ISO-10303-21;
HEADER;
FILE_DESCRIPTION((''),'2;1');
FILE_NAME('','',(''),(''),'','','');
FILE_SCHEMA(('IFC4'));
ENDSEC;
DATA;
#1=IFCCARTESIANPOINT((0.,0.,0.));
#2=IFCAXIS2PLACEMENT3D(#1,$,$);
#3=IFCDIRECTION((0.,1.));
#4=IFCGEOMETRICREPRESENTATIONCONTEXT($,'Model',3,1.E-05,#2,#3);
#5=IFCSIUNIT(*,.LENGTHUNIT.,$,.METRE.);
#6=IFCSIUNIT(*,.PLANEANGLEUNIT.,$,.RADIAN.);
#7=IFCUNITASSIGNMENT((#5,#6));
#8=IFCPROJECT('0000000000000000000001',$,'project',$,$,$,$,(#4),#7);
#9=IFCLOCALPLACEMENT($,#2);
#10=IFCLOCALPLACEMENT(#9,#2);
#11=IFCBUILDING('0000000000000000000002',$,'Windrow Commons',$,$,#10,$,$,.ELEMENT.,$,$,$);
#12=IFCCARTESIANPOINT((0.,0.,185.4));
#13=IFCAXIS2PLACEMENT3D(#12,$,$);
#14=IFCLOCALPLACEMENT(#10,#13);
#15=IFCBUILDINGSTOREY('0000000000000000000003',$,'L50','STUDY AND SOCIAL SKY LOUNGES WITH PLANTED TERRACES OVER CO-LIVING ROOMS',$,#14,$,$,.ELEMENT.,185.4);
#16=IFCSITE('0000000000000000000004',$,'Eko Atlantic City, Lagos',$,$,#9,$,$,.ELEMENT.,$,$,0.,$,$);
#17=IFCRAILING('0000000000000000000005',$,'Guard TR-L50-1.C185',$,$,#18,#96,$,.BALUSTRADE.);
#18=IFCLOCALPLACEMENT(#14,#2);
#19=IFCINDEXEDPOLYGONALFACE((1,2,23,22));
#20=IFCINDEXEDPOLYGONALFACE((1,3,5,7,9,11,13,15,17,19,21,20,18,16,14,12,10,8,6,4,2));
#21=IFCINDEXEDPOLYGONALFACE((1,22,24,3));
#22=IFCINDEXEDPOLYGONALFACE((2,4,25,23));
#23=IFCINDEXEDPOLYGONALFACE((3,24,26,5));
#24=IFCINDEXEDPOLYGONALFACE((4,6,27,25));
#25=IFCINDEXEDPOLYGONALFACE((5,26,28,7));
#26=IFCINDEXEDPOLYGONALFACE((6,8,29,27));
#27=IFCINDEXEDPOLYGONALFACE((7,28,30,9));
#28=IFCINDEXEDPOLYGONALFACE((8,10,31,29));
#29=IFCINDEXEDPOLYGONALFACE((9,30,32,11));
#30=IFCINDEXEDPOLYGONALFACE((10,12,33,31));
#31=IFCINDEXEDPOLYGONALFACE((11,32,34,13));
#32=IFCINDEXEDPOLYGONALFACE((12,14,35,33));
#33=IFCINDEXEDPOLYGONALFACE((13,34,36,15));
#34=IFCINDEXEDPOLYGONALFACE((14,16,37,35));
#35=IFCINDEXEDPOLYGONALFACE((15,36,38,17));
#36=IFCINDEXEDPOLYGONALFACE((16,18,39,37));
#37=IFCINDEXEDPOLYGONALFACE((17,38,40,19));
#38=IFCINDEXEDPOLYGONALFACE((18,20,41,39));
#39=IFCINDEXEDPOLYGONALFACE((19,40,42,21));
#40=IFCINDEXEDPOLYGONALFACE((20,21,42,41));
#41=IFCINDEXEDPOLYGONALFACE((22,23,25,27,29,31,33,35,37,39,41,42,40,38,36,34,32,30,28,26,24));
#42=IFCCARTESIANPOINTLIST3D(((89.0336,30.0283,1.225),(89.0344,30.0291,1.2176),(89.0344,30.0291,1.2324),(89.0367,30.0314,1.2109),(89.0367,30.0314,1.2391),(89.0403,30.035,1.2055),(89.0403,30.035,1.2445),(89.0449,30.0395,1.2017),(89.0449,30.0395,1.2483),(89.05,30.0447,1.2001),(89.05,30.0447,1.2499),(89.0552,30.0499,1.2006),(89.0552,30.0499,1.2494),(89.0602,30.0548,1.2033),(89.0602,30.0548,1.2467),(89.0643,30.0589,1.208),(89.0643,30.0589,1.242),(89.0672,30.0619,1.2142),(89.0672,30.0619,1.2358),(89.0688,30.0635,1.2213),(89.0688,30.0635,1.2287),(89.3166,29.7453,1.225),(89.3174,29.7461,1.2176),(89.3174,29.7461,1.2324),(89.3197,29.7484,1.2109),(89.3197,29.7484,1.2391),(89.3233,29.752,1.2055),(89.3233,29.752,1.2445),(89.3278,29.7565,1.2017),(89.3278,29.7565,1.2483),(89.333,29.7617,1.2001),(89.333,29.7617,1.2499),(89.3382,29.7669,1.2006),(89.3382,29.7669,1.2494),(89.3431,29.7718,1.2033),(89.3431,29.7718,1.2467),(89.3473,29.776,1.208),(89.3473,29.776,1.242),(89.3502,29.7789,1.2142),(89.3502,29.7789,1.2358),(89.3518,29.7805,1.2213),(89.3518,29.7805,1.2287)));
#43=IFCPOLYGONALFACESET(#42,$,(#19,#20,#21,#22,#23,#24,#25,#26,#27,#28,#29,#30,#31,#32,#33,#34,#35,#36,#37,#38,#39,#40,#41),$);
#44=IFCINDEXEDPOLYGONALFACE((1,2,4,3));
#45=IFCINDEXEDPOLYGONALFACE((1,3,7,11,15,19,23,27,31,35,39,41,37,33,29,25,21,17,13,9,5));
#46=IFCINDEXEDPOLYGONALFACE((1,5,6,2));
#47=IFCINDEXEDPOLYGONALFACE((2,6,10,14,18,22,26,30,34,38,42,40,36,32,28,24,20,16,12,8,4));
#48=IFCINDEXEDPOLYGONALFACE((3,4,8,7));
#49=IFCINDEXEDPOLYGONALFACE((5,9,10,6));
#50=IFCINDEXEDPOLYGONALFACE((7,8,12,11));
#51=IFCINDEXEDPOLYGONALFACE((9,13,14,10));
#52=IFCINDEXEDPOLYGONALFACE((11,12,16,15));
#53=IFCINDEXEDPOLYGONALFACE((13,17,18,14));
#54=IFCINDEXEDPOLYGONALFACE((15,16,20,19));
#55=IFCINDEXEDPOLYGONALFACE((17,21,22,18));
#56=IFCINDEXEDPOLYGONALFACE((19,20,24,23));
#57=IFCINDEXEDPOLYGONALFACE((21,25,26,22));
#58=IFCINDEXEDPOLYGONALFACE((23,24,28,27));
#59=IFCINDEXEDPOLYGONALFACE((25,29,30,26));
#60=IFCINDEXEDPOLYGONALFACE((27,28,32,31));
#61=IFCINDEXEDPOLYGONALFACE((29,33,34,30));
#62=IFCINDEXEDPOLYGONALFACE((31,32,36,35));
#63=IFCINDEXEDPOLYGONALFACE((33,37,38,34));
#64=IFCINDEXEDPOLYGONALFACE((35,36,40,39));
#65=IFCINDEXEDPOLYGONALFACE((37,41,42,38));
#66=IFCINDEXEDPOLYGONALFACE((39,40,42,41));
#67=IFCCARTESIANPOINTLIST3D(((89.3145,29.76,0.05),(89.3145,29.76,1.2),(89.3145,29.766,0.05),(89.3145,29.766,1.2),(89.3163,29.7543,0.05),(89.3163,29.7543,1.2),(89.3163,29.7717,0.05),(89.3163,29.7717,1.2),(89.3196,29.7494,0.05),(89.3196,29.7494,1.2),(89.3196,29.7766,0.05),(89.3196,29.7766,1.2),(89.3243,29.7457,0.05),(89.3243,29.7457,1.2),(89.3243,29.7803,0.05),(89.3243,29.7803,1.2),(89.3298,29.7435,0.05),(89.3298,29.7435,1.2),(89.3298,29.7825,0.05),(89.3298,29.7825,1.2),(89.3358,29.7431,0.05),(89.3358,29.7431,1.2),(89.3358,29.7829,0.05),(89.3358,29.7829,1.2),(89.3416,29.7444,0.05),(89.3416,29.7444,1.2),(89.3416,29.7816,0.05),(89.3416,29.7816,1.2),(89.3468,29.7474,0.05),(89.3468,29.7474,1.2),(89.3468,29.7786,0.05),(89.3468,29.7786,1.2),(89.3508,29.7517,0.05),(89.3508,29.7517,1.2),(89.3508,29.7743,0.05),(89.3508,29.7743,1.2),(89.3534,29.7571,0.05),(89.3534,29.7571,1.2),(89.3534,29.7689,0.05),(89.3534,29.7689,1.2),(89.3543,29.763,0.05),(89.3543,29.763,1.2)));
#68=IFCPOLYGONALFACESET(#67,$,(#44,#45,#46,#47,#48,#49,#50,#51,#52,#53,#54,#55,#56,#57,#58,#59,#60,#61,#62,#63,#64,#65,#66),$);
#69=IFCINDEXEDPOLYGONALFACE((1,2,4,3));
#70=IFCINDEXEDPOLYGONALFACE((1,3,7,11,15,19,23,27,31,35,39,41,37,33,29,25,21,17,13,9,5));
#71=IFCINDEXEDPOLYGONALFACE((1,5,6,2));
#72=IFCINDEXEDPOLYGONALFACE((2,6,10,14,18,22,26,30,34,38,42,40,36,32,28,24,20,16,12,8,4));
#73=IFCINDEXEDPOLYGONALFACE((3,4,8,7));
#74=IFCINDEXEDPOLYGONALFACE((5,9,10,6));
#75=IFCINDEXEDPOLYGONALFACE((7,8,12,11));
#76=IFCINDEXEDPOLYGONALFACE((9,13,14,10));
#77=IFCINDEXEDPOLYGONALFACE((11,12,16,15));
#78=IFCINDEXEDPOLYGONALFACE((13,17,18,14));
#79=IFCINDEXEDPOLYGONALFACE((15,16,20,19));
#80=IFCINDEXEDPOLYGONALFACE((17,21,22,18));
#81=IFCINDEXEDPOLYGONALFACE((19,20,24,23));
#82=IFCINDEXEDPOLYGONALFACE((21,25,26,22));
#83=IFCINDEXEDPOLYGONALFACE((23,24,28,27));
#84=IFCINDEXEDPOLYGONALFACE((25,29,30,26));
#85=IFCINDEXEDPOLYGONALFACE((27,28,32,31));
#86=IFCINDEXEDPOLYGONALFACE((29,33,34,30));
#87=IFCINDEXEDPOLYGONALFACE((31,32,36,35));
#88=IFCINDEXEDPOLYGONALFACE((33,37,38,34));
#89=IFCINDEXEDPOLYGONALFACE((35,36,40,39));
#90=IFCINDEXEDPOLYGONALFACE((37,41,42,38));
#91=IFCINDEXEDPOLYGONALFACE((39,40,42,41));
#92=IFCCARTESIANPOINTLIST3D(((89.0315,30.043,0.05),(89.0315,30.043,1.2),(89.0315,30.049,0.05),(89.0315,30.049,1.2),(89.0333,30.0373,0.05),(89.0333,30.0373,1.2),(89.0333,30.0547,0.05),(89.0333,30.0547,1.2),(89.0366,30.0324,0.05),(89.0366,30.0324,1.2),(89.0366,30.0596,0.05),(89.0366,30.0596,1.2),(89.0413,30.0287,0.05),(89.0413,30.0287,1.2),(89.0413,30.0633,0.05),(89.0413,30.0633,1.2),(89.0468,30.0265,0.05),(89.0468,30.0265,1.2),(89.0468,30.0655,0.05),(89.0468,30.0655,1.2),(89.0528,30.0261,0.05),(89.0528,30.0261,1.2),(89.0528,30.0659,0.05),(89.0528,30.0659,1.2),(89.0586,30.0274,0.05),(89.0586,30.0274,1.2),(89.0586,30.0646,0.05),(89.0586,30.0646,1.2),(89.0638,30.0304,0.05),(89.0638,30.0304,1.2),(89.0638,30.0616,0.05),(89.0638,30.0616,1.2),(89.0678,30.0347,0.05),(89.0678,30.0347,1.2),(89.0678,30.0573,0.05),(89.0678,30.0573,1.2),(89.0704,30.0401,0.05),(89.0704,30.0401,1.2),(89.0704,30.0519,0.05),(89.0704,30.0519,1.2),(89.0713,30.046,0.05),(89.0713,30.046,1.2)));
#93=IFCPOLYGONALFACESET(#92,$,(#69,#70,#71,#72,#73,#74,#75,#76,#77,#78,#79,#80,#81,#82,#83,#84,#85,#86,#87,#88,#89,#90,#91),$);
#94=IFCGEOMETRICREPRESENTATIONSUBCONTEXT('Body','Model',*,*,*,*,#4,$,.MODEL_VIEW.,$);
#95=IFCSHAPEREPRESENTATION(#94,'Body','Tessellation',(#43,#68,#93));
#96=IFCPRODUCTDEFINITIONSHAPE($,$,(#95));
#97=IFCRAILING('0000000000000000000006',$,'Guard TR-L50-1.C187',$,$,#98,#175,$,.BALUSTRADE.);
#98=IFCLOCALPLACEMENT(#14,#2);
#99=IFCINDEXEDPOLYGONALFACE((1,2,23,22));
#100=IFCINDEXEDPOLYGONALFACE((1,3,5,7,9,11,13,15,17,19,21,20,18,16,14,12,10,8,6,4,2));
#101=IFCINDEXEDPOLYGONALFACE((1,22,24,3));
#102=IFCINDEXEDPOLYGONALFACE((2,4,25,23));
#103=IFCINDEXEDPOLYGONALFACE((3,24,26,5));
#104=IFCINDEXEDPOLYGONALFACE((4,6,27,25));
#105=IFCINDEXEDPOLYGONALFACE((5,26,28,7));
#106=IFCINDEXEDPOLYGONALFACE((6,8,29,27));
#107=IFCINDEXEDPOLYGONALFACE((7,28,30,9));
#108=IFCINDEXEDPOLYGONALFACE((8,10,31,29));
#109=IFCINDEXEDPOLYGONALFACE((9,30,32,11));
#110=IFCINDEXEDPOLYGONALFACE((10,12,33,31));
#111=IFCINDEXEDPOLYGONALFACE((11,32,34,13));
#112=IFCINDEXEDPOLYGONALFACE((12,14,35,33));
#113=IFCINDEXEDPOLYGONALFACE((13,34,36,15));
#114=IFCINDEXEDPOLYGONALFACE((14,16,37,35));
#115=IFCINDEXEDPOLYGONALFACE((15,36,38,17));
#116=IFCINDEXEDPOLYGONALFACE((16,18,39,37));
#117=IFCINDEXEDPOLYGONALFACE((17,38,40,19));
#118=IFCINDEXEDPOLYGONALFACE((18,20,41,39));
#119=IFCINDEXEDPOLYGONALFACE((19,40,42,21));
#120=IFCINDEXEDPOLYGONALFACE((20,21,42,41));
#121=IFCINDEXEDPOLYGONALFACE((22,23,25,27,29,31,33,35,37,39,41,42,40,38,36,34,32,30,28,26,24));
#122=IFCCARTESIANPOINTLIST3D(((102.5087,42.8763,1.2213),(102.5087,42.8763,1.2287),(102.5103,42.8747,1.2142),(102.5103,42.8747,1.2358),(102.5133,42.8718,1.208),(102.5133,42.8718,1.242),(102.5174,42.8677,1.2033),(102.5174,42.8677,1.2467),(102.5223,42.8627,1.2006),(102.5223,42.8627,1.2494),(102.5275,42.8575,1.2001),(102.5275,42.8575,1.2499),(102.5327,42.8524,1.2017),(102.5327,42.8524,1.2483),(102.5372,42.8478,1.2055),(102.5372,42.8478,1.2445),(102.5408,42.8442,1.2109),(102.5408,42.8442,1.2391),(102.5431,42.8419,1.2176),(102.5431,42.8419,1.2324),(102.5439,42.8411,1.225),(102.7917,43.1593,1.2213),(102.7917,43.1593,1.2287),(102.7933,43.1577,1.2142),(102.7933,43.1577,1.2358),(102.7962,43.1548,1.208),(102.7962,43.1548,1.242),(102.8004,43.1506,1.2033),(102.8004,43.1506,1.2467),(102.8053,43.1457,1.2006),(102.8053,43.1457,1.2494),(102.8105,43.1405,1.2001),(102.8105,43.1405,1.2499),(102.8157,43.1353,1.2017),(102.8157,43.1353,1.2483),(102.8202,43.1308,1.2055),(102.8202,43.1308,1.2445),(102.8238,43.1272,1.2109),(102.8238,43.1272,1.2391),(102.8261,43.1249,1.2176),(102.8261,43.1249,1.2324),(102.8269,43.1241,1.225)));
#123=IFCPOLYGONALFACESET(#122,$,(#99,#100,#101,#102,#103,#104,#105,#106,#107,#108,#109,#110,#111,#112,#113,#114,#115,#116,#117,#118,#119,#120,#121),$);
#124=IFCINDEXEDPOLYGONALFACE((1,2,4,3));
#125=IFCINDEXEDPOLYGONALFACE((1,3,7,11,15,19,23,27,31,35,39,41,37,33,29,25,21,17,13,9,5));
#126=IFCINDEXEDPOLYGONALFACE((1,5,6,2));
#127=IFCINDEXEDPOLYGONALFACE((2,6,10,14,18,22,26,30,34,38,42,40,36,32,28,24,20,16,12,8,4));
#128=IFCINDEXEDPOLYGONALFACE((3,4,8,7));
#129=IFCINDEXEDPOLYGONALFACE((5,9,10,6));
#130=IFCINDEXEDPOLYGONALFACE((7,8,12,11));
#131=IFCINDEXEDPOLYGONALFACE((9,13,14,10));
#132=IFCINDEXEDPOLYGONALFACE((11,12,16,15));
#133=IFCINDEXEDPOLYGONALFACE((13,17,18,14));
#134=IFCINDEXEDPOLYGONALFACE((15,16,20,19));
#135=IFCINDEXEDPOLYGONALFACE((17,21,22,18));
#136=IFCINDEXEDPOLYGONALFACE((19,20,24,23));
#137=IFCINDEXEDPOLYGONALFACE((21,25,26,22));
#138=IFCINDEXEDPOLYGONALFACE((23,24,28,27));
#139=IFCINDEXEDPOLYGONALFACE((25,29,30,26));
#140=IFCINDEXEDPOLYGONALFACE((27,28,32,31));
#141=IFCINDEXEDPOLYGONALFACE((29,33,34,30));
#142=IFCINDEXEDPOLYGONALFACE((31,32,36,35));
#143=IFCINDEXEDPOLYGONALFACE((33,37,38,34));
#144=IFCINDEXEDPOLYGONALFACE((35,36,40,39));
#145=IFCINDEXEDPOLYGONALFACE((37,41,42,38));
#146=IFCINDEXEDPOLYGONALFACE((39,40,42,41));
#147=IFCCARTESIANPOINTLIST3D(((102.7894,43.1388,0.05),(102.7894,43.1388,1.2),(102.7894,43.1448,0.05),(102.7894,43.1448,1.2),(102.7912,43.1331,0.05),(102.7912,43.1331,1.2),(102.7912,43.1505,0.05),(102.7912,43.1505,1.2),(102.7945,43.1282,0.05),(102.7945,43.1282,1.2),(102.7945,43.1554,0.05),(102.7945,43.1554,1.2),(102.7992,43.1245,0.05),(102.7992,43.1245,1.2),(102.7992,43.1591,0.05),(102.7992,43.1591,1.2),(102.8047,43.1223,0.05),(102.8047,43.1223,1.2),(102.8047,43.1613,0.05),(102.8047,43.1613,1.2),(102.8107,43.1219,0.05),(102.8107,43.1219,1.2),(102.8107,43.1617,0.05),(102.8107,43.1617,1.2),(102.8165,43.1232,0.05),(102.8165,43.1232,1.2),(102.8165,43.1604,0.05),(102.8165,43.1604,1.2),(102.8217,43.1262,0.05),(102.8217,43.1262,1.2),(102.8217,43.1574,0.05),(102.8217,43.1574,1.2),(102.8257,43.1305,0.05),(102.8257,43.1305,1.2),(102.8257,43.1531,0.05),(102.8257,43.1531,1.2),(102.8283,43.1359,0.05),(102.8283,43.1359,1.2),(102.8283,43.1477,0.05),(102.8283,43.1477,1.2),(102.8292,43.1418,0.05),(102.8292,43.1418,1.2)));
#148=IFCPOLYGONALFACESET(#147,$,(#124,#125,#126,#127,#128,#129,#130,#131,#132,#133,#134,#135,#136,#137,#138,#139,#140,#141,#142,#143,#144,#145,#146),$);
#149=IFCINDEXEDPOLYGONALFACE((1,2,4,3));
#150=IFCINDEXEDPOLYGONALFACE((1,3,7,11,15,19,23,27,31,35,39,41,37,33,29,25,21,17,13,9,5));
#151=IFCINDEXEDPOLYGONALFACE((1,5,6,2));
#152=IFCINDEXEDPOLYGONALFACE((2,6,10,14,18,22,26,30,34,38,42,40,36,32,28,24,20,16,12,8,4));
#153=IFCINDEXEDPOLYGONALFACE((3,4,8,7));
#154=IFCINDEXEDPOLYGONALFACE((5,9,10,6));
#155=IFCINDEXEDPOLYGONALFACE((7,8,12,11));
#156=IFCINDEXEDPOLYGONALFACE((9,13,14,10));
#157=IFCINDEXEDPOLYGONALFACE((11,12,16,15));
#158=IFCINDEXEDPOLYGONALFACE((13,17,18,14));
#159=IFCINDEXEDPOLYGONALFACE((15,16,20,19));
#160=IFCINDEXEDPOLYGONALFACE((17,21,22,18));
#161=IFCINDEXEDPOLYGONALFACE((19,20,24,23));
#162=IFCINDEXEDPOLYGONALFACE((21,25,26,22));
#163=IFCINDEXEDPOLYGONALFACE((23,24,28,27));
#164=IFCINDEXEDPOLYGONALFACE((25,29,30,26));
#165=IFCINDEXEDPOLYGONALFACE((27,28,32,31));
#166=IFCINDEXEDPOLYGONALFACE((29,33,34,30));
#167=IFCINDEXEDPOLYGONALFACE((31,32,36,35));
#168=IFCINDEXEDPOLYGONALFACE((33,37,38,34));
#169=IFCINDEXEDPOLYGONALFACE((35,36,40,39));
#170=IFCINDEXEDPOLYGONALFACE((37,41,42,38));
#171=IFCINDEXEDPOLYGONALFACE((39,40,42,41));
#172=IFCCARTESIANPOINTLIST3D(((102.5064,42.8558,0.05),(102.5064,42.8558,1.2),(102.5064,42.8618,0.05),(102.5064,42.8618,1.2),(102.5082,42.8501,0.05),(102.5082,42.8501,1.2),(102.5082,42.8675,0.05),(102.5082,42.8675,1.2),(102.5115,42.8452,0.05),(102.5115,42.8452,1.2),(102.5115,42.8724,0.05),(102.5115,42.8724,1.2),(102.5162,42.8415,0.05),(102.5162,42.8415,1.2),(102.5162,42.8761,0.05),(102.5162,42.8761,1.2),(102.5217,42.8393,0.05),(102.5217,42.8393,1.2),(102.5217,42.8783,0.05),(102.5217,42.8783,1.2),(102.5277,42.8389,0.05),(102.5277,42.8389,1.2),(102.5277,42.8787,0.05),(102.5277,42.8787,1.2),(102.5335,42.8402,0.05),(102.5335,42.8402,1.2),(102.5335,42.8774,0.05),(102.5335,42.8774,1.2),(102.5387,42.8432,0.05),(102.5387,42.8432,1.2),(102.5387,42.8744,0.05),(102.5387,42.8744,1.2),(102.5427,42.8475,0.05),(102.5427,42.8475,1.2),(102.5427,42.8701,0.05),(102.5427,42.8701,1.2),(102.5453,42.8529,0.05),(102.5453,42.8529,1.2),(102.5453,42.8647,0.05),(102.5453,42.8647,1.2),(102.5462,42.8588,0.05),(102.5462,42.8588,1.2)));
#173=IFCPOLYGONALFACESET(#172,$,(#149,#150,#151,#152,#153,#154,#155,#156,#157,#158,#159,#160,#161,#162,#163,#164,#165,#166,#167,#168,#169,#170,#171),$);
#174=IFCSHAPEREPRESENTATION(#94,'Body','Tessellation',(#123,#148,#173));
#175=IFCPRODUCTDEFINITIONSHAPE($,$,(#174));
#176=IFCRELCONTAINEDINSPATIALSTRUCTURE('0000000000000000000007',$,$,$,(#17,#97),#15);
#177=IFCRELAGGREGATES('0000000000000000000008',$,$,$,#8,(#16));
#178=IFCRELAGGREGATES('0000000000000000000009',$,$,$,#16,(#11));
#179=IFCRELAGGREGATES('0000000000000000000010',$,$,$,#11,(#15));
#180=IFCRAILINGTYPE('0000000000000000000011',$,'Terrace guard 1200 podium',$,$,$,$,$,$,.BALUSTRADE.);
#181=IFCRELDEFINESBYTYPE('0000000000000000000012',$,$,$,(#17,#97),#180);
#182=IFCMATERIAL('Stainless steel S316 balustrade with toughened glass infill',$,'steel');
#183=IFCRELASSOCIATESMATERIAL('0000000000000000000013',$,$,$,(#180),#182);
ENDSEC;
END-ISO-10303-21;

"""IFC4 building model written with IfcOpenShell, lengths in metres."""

from ifc_helpers import new_model, si_unit, direction, frame, origin, origin_2d, place, context, subcontext, project, spatial, circle, extrude, material, type_object, element, save


model = new_model("IFC4")

# Units and contexts
model_context = context("Model", 3, precision=1e-05, world=origin(), true_north=direction((0.0, 1.0)))
body_context = subcontext(model_context, "Body", "Model", "MODEL_VIEW")
ifc_project = project(units=[si_unit("LENGTHUNIT", "METRE"), si_unit("PLANEANGLEUNIT", "RADIAN")], contexts=[model_context])

# Site, building, storey
site_placement = place(None, origin())
site = spatial("IfcSite", under=ifc_project, at=site_placement, Name="Eko Atlantic City, Lagos", CompositionType="ELEMENT", RefElevation=0.0)
building_placement = place(site_placement, origin())
building = spatial("IfcBuilding", under=site, at=building_placement, Name="Windrow Commons", CompositionType="ELEMENT")
storey_placement = place(building_placement, frame((0.0, 0.0, 185.4)))
storey = spatial("IfcBuildingStorey", under=building, at=storey_placement, Name="L50", Description="STUDY AND SOCIAL SKY LOUNGES WITH PLANTED TERRACES OVER CO-LIVING ROOMS", CompositionType="ELEMENT", Elevation=185.4)

# Railings
ifc_material_1 = material(Name="Stainless steel S316 balustrade with toughened glass infill", Category="steel")
railing_type = type_object("IfcRailingType", Name="Terrace guard 1200 podium", PredefinedType="BALUSTRADE", material=ifc_material_1)
railing_1_placement = place(storey_placement, frame((89.3343, 29.763, 0.05)))
element("IfcRailing", 1, at=railing_1_placement, inside=storey, type_object=railing_type, Name="Guard TR-L50-1.C185", PredefinedType="BALUSTRADE", context=body_context, shape_type="SweptSolid", body=[
    extrude(circle(Radius=0.025, at=origin_2d()), frame((0.0, 0.0, 1.175), z_axis=(-0.707107, 0.707107, 0.0), x_axis=(-0.707107, -0.707107, 0.0)), (0.0, 0.0, 1.0), 0.4002),
    extrude(circle(Radius=0.02, at=origin_2d()), origin(), (0.0, 0.0, 1.0), 1.15),
    extrude(circle(Radius=0.02, at=origin_2d()), frame((-0.283, 0.283, 0.0)), (0.0, 0.0, 1.0), 1.15),
])
railing_2_placement = place(storey_placement, frame((102.8092, 43.1418, 0.05)))
element("IfcRailing", 2, at=railing_2_placement, inside=storey, type_object=railing_type, Name="Guard TR-L50-1.C187", PredefinedType="BALUSTRADE", context=body_context, shape_type="SweptSolid", body=[
    extrude(circle(Radius=0.025, at=origin_2d()), frame((0.0, 0.0, 1.175), z_axis=(-0.707107, -0.707107, 0.0), x_axis=(0.707107, -0.707107, 0.0)), (0.0, 0.0, 1.0), 0.4002),
    extrude(circle(Radius=0.02, at=origin_2d()), origin(), (0.0, 0.0, 1.0), 1.15),
    extrude(circle(Radius=0.02, at=origin_2d()), frame((-0.283, -0.283, 0.0)), (0.0, 0.0, 1.0), 1.15),
])

save(model, "model.ifc")
